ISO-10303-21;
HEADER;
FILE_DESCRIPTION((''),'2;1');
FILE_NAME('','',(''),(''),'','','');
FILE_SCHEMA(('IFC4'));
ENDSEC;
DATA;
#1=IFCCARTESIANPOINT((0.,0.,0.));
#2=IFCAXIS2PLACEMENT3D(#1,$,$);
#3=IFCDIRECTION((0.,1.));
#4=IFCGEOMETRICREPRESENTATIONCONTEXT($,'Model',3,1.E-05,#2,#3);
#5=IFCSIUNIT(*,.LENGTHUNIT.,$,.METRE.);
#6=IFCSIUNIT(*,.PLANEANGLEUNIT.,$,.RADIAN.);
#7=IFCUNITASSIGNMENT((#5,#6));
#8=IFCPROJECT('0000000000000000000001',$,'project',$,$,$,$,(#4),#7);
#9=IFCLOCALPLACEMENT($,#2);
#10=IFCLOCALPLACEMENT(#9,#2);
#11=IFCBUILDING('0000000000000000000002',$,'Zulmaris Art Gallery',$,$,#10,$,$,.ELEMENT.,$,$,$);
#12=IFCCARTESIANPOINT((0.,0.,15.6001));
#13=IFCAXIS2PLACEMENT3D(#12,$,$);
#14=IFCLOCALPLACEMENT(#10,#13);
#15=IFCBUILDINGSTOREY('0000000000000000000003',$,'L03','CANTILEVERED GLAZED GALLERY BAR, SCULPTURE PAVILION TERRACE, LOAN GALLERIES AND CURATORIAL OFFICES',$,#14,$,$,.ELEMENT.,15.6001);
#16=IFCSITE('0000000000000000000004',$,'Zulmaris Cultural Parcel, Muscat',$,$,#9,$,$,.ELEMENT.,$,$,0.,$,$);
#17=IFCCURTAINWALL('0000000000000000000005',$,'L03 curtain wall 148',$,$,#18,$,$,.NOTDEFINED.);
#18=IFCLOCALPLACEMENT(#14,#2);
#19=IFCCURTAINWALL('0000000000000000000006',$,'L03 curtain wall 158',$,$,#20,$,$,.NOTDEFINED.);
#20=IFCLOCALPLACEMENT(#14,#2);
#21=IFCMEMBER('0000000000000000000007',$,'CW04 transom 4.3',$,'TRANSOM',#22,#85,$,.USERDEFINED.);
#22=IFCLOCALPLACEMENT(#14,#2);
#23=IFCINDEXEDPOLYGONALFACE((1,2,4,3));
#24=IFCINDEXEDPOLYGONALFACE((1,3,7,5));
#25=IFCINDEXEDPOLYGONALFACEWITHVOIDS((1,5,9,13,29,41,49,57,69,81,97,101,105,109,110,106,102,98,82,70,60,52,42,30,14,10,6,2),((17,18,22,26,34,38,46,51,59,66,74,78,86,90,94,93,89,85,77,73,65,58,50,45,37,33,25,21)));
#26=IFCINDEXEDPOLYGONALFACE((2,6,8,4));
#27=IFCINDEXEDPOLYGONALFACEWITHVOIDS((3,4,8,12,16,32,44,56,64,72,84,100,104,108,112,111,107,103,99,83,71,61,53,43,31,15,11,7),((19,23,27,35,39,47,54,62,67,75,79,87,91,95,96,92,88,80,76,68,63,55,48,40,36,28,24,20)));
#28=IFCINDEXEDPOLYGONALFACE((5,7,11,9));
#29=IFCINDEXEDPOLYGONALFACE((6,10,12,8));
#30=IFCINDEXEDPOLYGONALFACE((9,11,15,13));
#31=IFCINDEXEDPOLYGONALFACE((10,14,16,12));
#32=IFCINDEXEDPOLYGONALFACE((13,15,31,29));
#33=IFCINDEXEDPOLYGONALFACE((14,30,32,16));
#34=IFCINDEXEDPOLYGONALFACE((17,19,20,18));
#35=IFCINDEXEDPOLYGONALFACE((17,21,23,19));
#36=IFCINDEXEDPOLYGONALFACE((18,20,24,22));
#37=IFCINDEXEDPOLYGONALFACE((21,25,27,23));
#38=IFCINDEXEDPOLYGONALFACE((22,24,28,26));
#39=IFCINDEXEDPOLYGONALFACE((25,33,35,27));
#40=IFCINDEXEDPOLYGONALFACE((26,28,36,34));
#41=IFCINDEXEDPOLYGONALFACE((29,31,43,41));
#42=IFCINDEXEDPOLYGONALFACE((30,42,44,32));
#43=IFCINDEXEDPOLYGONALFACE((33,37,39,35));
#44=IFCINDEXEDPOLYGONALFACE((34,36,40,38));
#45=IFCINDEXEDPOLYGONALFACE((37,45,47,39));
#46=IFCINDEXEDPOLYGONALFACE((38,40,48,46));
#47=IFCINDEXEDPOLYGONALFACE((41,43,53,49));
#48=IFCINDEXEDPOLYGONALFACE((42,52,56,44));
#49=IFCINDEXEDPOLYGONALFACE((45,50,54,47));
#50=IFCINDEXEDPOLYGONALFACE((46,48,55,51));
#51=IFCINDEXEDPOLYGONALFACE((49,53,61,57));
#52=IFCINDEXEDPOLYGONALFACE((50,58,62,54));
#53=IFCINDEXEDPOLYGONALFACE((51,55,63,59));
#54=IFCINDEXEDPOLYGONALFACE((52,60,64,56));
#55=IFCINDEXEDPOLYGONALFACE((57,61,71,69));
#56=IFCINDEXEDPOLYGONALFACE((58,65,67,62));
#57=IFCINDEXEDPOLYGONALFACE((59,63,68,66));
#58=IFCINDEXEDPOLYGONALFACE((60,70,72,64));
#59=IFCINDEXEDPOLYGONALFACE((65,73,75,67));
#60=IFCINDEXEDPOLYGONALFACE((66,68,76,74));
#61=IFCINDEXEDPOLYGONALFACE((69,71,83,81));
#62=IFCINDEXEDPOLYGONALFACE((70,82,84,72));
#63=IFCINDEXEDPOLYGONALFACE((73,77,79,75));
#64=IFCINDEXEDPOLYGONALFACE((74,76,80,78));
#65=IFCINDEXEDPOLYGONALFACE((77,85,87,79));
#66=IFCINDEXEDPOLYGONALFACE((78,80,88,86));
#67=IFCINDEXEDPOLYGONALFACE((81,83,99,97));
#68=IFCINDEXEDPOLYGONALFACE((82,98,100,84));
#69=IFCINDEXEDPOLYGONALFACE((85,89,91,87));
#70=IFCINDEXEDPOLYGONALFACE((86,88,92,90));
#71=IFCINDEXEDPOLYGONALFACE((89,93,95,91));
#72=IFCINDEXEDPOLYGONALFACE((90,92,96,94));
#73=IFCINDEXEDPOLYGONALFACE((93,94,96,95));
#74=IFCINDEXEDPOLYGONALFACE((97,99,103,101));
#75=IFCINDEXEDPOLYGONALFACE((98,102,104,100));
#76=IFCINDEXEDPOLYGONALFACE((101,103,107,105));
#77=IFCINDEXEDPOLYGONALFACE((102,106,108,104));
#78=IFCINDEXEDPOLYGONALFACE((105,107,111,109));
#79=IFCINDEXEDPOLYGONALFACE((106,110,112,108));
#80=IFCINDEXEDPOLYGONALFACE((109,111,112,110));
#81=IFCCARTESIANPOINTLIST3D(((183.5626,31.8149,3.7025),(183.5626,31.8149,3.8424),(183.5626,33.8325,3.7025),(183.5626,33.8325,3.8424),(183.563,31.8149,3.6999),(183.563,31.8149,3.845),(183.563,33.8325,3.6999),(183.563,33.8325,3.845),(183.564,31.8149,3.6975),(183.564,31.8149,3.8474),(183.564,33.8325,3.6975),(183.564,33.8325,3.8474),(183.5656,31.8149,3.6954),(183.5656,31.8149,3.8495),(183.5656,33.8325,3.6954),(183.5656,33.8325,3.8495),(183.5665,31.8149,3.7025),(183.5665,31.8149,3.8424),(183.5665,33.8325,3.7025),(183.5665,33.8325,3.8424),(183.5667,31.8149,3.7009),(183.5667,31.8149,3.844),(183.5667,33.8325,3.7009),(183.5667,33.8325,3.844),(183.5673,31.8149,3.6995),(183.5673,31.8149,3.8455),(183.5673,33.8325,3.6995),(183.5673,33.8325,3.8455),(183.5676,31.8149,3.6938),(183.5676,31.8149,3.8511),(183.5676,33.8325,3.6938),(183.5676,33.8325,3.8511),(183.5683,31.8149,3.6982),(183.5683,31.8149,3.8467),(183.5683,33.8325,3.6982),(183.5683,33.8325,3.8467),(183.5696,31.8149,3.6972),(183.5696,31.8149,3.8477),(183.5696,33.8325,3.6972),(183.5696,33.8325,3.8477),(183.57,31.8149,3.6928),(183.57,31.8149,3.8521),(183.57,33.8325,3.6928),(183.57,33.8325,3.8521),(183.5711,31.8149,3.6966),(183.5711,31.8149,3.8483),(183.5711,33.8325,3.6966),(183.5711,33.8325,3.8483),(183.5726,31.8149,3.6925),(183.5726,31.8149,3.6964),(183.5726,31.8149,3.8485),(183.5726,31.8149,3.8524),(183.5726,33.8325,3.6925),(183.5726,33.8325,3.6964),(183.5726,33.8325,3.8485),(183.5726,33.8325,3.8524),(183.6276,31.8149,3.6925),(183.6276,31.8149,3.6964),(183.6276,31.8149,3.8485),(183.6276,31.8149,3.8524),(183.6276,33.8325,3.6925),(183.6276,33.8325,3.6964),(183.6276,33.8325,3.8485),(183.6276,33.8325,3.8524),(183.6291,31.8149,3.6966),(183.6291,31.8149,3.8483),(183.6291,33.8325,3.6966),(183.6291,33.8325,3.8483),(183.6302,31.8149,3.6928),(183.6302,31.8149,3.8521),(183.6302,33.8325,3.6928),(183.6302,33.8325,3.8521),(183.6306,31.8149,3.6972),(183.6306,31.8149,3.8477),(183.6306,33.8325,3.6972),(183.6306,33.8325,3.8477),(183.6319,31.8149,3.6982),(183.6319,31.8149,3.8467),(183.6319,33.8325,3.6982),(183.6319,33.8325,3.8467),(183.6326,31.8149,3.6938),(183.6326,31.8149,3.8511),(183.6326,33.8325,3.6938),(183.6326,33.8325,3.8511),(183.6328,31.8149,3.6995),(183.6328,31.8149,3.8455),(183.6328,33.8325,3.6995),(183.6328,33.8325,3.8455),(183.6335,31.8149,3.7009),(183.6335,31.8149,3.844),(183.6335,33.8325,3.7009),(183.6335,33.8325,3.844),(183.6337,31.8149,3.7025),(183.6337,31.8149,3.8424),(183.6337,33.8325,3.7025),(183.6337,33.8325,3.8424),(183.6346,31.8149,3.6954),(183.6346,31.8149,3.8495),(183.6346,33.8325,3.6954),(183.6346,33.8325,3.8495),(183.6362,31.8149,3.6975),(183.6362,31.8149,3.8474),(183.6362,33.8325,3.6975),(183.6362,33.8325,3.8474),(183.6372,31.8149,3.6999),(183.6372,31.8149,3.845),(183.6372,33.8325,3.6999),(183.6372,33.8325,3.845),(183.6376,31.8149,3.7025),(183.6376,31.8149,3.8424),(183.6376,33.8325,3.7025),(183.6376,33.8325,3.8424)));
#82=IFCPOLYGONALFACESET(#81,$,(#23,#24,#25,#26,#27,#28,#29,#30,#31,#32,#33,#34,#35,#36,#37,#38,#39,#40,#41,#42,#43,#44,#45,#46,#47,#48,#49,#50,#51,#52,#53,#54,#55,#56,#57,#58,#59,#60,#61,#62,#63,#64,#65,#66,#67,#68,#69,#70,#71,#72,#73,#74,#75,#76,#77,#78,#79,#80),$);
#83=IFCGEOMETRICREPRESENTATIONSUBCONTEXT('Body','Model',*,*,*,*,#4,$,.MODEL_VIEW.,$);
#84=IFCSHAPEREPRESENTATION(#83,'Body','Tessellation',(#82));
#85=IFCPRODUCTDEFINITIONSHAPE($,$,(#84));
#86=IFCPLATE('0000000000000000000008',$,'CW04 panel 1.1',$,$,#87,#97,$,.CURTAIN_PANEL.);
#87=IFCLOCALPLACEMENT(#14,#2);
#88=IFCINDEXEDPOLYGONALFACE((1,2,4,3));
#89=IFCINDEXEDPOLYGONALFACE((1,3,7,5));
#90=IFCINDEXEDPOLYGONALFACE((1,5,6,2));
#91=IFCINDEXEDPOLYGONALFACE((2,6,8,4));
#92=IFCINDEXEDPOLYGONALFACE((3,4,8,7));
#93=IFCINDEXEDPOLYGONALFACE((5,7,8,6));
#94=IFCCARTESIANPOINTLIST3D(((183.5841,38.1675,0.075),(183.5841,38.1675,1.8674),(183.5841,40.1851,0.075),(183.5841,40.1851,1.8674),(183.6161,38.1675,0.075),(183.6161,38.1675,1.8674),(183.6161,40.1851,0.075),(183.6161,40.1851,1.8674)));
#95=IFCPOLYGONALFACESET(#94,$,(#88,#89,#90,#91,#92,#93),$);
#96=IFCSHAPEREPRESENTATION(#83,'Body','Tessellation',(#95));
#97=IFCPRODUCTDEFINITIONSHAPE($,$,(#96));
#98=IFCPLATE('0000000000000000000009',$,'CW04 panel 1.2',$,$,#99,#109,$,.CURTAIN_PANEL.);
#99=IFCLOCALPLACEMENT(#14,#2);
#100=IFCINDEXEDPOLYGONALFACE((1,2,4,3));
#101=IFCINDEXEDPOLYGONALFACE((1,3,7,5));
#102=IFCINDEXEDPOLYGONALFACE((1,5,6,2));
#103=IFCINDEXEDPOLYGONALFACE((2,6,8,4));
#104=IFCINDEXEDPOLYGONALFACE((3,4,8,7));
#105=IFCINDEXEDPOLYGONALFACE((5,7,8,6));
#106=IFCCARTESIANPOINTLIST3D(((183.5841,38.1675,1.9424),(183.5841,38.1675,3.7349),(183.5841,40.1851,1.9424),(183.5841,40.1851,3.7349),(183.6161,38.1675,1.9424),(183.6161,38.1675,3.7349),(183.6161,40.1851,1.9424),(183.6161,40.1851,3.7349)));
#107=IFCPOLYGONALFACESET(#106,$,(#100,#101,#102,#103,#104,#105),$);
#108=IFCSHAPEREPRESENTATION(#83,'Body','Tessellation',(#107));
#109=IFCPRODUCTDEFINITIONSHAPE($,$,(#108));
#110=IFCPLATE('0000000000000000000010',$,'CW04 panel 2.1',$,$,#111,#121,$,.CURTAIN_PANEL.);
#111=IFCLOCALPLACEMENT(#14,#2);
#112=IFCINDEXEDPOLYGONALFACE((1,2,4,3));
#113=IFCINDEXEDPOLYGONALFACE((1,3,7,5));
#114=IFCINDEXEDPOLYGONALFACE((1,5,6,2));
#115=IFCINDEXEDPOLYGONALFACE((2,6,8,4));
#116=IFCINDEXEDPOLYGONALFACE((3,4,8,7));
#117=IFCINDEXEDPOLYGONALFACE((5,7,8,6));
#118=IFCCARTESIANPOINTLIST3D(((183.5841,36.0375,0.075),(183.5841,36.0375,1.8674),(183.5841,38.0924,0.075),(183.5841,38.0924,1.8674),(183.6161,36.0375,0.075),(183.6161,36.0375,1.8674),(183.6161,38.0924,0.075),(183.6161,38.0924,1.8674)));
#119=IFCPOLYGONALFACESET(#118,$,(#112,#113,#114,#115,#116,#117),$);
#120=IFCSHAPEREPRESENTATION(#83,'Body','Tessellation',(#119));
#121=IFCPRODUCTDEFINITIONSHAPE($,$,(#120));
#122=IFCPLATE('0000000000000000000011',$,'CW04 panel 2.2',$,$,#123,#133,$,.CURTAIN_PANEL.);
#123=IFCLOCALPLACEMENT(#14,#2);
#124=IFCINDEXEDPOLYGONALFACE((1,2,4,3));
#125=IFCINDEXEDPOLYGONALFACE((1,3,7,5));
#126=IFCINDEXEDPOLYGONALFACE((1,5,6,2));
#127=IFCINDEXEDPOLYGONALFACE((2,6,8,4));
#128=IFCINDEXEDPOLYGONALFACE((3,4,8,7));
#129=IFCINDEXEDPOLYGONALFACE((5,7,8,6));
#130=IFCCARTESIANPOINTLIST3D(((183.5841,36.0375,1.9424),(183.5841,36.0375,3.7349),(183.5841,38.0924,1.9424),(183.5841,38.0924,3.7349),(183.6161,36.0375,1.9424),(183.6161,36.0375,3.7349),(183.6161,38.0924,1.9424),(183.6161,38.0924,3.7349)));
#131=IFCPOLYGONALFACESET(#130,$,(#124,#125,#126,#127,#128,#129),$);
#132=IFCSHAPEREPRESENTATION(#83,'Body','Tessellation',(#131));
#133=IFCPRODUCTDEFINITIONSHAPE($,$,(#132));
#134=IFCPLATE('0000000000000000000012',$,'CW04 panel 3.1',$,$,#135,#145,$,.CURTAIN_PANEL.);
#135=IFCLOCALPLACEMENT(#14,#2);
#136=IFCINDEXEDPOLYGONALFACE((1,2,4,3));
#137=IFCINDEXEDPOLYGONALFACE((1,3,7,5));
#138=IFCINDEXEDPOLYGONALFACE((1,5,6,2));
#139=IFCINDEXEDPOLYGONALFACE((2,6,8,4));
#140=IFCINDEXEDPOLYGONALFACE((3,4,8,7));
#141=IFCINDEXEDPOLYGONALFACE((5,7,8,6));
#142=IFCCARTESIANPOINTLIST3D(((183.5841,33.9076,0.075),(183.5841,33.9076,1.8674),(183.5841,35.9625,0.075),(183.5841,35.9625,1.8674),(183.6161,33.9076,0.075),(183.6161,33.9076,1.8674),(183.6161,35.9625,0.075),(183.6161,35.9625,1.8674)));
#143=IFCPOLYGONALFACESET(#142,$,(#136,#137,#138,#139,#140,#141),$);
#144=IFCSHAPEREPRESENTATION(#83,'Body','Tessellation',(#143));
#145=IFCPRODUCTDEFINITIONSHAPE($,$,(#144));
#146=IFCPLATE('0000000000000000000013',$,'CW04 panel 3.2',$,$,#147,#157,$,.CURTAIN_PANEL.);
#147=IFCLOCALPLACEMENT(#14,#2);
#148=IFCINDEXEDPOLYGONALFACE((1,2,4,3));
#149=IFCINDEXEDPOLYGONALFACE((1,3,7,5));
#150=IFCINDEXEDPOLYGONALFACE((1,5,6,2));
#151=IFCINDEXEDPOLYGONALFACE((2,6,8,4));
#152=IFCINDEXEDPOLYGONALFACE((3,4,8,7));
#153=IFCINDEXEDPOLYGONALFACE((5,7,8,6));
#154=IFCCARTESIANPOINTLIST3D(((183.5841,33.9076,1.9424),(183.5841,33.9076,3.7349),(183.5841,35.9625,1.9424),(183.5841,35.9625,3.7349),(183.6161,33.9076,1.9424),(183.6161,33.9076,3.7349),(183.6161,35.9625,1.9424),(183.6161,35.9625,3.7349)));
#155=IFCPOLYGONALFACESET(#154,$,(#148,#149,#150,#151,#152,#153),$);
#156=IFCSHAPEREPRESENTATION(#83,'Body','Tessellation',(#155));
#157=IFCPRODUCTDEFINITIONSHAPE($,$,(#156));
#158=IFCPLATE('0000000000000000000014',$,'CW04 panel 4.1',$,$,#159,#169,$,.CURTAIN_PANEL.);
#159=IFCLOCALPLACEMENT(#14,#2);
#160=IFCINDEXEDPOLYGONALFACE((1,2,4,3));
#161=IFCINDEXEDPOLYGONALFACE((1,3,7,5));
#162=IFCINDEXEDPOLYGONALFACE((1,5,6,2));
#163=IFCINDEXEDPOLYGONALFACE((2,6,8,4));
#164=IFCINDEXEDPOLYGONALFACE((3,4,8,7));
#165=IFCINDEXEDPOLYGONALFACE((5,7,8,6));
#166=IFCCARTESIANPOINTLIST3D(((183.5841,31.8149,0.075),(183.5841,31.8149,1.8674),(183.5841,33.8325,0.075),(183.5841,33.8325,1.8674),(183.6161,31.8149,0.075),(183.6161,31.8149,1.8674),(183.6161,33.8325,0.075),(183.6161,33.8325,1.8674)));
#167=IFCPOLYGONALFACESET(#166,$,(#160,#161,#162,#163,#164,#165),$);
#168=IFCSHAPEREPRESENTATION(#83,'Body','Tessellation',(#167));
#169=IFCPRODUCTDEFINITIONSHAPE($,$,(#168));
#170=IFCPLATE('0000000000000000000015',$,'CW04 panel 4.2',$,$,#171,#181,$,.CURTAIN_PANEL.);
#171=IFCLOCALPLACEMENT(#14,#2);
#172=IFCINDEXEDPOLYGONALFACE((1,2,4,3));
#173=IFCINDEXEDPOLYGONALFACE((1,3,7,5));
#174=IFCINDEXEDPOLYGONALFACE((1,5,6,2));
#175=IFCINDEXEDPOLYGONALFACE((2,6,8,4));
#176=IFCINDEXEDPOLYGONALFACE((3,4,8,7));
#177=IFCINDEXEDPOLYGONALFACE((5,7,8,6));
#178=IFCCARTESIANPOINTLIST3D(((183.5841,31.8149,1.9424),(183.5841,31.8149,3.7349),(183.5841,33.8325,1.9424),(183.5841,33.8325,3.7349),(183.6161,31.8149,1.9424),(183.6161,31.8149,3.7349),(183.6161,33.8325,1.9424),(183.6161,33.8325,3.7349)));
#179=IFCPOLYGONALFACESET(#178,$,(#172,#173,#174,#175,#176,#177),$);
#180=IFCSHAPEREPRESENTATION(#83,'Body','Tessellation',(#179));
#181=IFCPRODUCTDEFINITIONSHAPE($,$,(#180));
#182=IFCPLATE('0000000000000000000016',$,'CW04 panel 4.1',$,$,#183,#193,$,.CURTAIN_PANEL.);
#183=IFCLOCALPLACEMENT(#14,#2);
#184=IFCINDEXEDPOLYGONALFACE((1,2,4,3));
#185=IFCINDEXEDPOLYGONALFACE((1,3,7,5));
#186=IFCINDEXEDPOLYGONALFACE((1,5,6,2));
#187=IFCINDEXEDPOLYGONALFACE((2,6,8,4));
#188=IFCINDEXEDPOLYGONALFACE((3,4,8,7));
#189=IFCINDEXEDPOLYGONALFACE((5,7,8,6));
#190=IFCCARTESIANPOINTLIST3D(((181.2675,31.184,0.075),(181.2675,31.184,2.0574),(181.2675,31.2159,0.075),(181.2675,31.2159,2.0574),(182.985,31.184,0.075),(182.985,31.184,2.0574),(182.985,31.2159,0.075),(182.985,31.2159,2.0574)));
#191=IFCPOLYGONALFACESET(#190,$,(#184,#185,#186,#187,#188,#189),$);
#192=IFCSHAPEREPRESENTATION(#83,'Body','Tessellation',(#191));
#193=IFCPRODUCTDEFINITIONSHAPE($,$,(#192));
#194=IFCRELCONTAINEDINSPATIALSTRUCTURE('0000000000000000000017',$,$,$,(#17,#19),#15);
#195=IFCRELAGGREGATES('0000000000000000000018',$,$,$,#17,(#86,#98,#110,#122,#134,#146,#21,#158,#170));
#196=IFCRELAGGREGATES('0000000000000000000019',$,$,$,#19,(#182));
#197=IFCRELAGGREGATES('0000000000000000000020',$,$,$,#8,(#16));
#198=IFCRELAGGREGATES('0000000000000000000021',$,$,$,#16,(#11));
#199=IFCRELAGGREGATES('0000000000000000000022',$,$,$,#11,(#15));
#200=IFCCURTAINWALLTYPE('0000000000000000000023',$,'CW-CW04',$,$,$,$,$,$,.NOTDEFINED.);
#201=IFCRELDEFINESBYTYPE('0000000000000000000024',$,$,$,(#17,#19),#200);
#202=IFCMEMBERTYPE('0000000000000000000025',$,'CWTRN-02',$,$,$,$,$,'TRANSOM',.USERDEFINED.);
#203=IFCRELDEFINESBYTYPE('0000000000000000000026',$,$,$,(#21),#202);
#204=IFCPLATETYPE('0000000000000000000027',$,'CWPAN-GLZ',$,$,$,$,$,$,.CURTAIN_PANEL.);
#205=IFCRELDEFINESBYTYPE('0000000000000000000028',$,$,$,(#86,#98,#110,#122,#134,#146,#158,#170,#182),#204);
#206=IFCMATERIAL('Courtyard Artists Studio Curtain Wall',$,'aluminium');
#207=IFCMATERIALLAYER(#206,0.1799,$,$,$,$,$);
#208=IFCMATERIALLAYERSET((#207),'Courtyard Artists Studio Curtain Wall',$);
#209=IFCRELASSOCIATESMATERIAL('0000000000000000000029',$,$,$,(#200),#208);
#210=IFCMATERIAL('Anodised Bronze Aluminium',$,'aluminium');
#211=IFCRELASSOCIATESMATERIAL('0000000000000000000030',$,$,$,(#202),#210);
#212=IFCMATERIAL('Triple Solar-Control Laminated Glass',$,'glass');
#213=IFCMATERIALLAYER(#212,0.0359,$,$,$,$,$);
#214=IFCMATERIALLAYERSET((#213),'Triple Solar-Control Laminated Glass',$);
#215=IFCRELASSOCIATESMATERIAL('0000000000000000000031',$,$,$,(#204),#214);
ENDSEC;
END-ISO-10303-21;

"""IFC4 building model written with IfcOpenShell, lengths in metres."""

from ifc_helpers import new_model, si_unit, direction, frame, origin, origin_2d, place, context, subcontext, project, spatial, rectangle, hollow_rectangle, extrude, material, layer, layer_set, material_profile, profile_set, type_object, element, aggregate, save


model = new_model("IFC4")

# Units and contexts
model_context = context("Model", 3, precision=1e-05, world=origin(), true_north=direction((0.0, 1.0)))
body_context = subcontext(model_context, "Body", "Model", "MODEL_VIEW")
ifc_project = project(units=[si_unit("LENGTHUNIT", "METRE"), si_unit("PLANEANGLEUNIT", "RADIAN")], contexts=[model_context])

# Site, building, storey
site_placement = place(None, origin())
site = spatial("IfcSite", under=ifc_project, at=site_placement, Name="Zulmaris Cultural Parcel, Muscat", CompositionType="ELEMENT", RefElevation=0.0)
building_placement = place(site_placement, origin())
building = spatial("IfcBuilding", under=site, at=building_placement, Name="Zulmaris Art Gallery", CompositionType="ELEMENT")
storey_placement = place(building_placement, frame((0.0, 0.0, 15.6001)))
storey = spatial("IfcBuildingStorey", under=building, at=storey_placement, Name="L03", Description="CANTILEVERED GLAZED GALLERY BAR, SCULPTURE PAVILION TERRACE, LOAN GALLERIES AND CURATORIAL OFFICES", CompositionType="ELEMENT", Elevation=15.6001)

# Curtain walls
ifc_material_1 = material(Name="Courtyard Artists Studio Curtain Wall", Category="aluminium")
ifc_layer_1 = layer(ifc_material_1, 0.1799)
ifc_layer_set_1 = layer_set([ifc_layer_1], Name="Courtyard Artists Studio Curtain Wall")
curtain_wall_type = type_object("IfcCurtainWallType", Name="CW-CW04", PredefinedType="NOTDEFINED", material=ifc_layer_set_1)
curtain_wall_1_placement = place(storey_placement, origin())
curtain_wall_1 = element("IfcCurtainWall", 1, at=curtain_wall_1_placement, inside=storey, type_object=curtain_wall_type, Name="L03 curtain wall 148", PredefinedType="NOTDEFINED")
ifc_material_2 = material(Name="Anodised Bronze Aluminium", Category="aluminium")
curtain_wall_2_placement = place(storey_placement, origin())
curtain_wall_2 = element("IfcCurtainWall", 2, at=curtain_wall_2_placement, inside=storey, type_object=curtain_wall_type, Name="L03 curtain wall 158", PredefinedType="NOTDEFINED")

# Member
ifc_material_profile_1 = material_profile(ifc_material_2, hollow_rectangle(XDim=0.075, YDim=0.1599, WallThickness=0.0039, InnerFilletRadius=0.0061, OuterFilletRadius=0.01, at=origin_2d()), Name="ALU 75x160x4")
ifc_profile_set_1 = profile_set([ifc_material_profile_1], Name="Anodised Bronze Aluminium")
member_type_1 = type_object("IfcMemberType", Name="CWTRN-02", ElementType="TRANSOM", PredefinedType="USERDEFINED", material=ifc_profile_set_1)
member_1_placement = place(storey_placement, frame((183.6001, 33.8325, 3.7725), z_axis=(0.0, -1.0, 0.0), x_axis=(1.0, 0.0, 0.0)))
member_1 = element("IfcMember", 3, at=member_1_placement, type_object=member_type_1, Name="CW04 transom 4.3", ObjectType="TRANSOM", PredefinedType="USERDEFINED", context=body_context, shape_type="SweptSolid", body=[
    extrude(hollow_rectangle(XDim=0.075, YDim=0.1599, WallThickness=0.0039, InnerFilletRadius=0.0061, OuterFilletRadius=0.01, at=origin_2d()), origin(), (0.0, 0.0, 1.0), 2.0176),
])

# Plates
ifc_material_3 = material(Name="Triple Solar-Control Laminated Glass", Category="glass")
ifc_layer_2 = layer(ifc_material_3, 0.0359)
ifc_layer_set_2 = layer_set([ifc_layer_2], Name="Triple Solar-Control Laminated Glass")
plate_type = type_object("IfcPlateType", Name="CWPAN-GLZ", PredefinedType="CURTAIN_PANEL", material=ifc_layer_set_2)
plate_1_placement = place(storey_placement, frame((183.6001, 39.1763, 0.075), z_axis=(0.0, 0.0, 1.0), x_axis=(0.0, -1.0, 0.0)))
plate_1 = element("IfcPlate", 4, at=plate_1_placement, type_object=plate_type, Name="CW04 panel 1.1", PredefinedType="CURTAIN_PANEL", context=body_context, shape_type="SweptSolid", body=[
    extrude(rectangle(XDim=2.0176, YDim=0.032, at=origin_2d()), origin(), (0.0, 0.0, 1.0), 1.7925),
])
plate_2_placement = place(storey_placement, frame((183.6001, 39.1763, 1.9424), z_axis=(0.0, 0.0, 1.0), x_axis=(0.0, -1.0, 0.0)))
plate_2 = element("IfcPlate", 5, at=plate_2_placement, type_object=plate_type, Name="CW04 panel 1.2", PredefinedType="CURTAIN_PANEL", context=body_context, shape_type="SweptSolid", body=[
    extrude(rectangle(XDim=2.0176, YDim=0.032, at=origin_2d()), origin(), (0.0, 0.0, 1.0), 1.7925),
])
plate_3_placement = place(storey_placement, frame((183.6001, 37.0649, 0.075), z_axis=(0.0, 0.0, 1.0), x_axis=(0.0, -1.0, 0.0)))
plate_3 = element("IfcPlate", 6, at=plate_3_placement, type_object=plate_type, Name="CW04 panel 2.1", PredefinedType="CURTAIN_PANEL", context=body_context, shape_type="SweptSolid", body=[
    extrude(rectangle(XDim=2.0549, YDim=0.032, at=origin_2d()), origin(), (0.0, 0.0, 1.0), 1.7925),
])
plate_4_placement = place(storey_placement, frame((183.6001, 37.0649, 1.9424), z_axis=(0.0, 0.0, 1.0), x_axis=(0.0, -1.0, 0.0)))
plate_4 = element("IfcPlate", 7, at=plate_4_placement, type_object=plate_type, Name="CW04 panel 2.2", PredefinedType="CURTAIN_PANEL", context=body_context, shape_type="SweptSolid", body=[
    extrude(rectangle(XDim=2.0549, YDim=0.032, at=origin_2d()), origin(), (0.0, 0.0, 1.0), 1.7925),
])
plate_5_placement = place(storey_placement, frame((183.6001, 34.9351, 0.075), z_axis=(0.0, 0.0, 1.0), x_axis=(0.0, -1.0, 0.0)))
plate_5 = element("IfcPlate", 8, at=plate_5_placement, type_object=plate_type, Name="CW04 panel 3.1", PredefinedType="CURTAIN_PANEL", context=body_context, shape_type="SweptSolid", body=[
    extrude(rectangle(XDim=2.0549, YDim=0.032, at=origin_2d()), origin(), (0.0, 0.0, 1.0), 1.7925),
])
plate_6_placement = place(storey_placement, frame((183.6001, 34.9351, 1.9424), z_axis=(0.0, 0.0, 1.0), x_axis=(0.0, -1.0, 0.0)))
plate_6 = element("IfcPlate", 9, at=plate_6_placement, type_object=plate_type, Name="CW04 panel 3.2", PredefinedType="CURTAIN_PANEL", context=body_context, shape_type="SweptSolid", body=[
    extrude(rectangle(XDim=2.0549, YDim=0.032, at=origin_2d()), origin(), (0.0, 0.0, 1.0), 1.7925),
])
plate_7_placement = place(storey_placement, frame((183.6001, 32.8237, 0.075), z_axis=(0.0, 0.0, 1.0), x_axis=(0.0, -1.0, 0.0)))
plate_7 = element("IfcPlate", 10, at=plate_7_placement, type_object=plate_type, Name="CW04 panel 4.1", PredefinedType="CURTAIN_PANEL", context=body_context, shape_type="SweptSolid", body=[
    extrude(rectangle(XDim=2.0176, YDim=0.032, at=origin_2d()), origin(), (0.0, 0.0, 1.0), 1.7925),
])
plate_8_placement = place(storey_placement, frame((183.6001, 32.8237, 1.9424), z_axis=(0.0, 0.0, 1.0), x_axis=(0.0, -1.0, 0.0)))
plate_8 = element("IfcPlate", 11, at=plate_8_placement, type_object=plate_type, Name="CW04 panel 4.2", PredefinedType="CURTAIN_PANEL", context=body_context, shape_type="SweptSolid", body=[
    extrude(rectangle(XDim=2.0176, YDim=0.032, at=origin_2d()), origin(), (0.0, 0.0, 1.0), 1.7925),
])
aggregate(curtain_wall_1, [plate_1, plate_2, plate_3, plate_4, plate_5, plate_6, member_1, plate_7, plate_8])
plate_9_placement = place(storey_placement, frame((182.1262, 31.2, 0.075), z_axis=(0.0, 0.0, 1.0), x_axis=(1.0, 0.0, 0.0)))
plate_9 = element("IfcPlate", 12, at=plate_9_placement, type_object=plate_type, Name="CW04 panel 4.1", PredefinedType="CURTAIN_PANEL", context=body_context, shape_type="SweptSolid", body=[
    extrude(rectangle(XDim=1.7175, YDim=0.032, at=origin_2d()), origin(), (0.0, 0.0, 1.0), 1.9824),
])
aggregate(curtain_wall_2, [plate_9])

save(model, "model.ifc")
